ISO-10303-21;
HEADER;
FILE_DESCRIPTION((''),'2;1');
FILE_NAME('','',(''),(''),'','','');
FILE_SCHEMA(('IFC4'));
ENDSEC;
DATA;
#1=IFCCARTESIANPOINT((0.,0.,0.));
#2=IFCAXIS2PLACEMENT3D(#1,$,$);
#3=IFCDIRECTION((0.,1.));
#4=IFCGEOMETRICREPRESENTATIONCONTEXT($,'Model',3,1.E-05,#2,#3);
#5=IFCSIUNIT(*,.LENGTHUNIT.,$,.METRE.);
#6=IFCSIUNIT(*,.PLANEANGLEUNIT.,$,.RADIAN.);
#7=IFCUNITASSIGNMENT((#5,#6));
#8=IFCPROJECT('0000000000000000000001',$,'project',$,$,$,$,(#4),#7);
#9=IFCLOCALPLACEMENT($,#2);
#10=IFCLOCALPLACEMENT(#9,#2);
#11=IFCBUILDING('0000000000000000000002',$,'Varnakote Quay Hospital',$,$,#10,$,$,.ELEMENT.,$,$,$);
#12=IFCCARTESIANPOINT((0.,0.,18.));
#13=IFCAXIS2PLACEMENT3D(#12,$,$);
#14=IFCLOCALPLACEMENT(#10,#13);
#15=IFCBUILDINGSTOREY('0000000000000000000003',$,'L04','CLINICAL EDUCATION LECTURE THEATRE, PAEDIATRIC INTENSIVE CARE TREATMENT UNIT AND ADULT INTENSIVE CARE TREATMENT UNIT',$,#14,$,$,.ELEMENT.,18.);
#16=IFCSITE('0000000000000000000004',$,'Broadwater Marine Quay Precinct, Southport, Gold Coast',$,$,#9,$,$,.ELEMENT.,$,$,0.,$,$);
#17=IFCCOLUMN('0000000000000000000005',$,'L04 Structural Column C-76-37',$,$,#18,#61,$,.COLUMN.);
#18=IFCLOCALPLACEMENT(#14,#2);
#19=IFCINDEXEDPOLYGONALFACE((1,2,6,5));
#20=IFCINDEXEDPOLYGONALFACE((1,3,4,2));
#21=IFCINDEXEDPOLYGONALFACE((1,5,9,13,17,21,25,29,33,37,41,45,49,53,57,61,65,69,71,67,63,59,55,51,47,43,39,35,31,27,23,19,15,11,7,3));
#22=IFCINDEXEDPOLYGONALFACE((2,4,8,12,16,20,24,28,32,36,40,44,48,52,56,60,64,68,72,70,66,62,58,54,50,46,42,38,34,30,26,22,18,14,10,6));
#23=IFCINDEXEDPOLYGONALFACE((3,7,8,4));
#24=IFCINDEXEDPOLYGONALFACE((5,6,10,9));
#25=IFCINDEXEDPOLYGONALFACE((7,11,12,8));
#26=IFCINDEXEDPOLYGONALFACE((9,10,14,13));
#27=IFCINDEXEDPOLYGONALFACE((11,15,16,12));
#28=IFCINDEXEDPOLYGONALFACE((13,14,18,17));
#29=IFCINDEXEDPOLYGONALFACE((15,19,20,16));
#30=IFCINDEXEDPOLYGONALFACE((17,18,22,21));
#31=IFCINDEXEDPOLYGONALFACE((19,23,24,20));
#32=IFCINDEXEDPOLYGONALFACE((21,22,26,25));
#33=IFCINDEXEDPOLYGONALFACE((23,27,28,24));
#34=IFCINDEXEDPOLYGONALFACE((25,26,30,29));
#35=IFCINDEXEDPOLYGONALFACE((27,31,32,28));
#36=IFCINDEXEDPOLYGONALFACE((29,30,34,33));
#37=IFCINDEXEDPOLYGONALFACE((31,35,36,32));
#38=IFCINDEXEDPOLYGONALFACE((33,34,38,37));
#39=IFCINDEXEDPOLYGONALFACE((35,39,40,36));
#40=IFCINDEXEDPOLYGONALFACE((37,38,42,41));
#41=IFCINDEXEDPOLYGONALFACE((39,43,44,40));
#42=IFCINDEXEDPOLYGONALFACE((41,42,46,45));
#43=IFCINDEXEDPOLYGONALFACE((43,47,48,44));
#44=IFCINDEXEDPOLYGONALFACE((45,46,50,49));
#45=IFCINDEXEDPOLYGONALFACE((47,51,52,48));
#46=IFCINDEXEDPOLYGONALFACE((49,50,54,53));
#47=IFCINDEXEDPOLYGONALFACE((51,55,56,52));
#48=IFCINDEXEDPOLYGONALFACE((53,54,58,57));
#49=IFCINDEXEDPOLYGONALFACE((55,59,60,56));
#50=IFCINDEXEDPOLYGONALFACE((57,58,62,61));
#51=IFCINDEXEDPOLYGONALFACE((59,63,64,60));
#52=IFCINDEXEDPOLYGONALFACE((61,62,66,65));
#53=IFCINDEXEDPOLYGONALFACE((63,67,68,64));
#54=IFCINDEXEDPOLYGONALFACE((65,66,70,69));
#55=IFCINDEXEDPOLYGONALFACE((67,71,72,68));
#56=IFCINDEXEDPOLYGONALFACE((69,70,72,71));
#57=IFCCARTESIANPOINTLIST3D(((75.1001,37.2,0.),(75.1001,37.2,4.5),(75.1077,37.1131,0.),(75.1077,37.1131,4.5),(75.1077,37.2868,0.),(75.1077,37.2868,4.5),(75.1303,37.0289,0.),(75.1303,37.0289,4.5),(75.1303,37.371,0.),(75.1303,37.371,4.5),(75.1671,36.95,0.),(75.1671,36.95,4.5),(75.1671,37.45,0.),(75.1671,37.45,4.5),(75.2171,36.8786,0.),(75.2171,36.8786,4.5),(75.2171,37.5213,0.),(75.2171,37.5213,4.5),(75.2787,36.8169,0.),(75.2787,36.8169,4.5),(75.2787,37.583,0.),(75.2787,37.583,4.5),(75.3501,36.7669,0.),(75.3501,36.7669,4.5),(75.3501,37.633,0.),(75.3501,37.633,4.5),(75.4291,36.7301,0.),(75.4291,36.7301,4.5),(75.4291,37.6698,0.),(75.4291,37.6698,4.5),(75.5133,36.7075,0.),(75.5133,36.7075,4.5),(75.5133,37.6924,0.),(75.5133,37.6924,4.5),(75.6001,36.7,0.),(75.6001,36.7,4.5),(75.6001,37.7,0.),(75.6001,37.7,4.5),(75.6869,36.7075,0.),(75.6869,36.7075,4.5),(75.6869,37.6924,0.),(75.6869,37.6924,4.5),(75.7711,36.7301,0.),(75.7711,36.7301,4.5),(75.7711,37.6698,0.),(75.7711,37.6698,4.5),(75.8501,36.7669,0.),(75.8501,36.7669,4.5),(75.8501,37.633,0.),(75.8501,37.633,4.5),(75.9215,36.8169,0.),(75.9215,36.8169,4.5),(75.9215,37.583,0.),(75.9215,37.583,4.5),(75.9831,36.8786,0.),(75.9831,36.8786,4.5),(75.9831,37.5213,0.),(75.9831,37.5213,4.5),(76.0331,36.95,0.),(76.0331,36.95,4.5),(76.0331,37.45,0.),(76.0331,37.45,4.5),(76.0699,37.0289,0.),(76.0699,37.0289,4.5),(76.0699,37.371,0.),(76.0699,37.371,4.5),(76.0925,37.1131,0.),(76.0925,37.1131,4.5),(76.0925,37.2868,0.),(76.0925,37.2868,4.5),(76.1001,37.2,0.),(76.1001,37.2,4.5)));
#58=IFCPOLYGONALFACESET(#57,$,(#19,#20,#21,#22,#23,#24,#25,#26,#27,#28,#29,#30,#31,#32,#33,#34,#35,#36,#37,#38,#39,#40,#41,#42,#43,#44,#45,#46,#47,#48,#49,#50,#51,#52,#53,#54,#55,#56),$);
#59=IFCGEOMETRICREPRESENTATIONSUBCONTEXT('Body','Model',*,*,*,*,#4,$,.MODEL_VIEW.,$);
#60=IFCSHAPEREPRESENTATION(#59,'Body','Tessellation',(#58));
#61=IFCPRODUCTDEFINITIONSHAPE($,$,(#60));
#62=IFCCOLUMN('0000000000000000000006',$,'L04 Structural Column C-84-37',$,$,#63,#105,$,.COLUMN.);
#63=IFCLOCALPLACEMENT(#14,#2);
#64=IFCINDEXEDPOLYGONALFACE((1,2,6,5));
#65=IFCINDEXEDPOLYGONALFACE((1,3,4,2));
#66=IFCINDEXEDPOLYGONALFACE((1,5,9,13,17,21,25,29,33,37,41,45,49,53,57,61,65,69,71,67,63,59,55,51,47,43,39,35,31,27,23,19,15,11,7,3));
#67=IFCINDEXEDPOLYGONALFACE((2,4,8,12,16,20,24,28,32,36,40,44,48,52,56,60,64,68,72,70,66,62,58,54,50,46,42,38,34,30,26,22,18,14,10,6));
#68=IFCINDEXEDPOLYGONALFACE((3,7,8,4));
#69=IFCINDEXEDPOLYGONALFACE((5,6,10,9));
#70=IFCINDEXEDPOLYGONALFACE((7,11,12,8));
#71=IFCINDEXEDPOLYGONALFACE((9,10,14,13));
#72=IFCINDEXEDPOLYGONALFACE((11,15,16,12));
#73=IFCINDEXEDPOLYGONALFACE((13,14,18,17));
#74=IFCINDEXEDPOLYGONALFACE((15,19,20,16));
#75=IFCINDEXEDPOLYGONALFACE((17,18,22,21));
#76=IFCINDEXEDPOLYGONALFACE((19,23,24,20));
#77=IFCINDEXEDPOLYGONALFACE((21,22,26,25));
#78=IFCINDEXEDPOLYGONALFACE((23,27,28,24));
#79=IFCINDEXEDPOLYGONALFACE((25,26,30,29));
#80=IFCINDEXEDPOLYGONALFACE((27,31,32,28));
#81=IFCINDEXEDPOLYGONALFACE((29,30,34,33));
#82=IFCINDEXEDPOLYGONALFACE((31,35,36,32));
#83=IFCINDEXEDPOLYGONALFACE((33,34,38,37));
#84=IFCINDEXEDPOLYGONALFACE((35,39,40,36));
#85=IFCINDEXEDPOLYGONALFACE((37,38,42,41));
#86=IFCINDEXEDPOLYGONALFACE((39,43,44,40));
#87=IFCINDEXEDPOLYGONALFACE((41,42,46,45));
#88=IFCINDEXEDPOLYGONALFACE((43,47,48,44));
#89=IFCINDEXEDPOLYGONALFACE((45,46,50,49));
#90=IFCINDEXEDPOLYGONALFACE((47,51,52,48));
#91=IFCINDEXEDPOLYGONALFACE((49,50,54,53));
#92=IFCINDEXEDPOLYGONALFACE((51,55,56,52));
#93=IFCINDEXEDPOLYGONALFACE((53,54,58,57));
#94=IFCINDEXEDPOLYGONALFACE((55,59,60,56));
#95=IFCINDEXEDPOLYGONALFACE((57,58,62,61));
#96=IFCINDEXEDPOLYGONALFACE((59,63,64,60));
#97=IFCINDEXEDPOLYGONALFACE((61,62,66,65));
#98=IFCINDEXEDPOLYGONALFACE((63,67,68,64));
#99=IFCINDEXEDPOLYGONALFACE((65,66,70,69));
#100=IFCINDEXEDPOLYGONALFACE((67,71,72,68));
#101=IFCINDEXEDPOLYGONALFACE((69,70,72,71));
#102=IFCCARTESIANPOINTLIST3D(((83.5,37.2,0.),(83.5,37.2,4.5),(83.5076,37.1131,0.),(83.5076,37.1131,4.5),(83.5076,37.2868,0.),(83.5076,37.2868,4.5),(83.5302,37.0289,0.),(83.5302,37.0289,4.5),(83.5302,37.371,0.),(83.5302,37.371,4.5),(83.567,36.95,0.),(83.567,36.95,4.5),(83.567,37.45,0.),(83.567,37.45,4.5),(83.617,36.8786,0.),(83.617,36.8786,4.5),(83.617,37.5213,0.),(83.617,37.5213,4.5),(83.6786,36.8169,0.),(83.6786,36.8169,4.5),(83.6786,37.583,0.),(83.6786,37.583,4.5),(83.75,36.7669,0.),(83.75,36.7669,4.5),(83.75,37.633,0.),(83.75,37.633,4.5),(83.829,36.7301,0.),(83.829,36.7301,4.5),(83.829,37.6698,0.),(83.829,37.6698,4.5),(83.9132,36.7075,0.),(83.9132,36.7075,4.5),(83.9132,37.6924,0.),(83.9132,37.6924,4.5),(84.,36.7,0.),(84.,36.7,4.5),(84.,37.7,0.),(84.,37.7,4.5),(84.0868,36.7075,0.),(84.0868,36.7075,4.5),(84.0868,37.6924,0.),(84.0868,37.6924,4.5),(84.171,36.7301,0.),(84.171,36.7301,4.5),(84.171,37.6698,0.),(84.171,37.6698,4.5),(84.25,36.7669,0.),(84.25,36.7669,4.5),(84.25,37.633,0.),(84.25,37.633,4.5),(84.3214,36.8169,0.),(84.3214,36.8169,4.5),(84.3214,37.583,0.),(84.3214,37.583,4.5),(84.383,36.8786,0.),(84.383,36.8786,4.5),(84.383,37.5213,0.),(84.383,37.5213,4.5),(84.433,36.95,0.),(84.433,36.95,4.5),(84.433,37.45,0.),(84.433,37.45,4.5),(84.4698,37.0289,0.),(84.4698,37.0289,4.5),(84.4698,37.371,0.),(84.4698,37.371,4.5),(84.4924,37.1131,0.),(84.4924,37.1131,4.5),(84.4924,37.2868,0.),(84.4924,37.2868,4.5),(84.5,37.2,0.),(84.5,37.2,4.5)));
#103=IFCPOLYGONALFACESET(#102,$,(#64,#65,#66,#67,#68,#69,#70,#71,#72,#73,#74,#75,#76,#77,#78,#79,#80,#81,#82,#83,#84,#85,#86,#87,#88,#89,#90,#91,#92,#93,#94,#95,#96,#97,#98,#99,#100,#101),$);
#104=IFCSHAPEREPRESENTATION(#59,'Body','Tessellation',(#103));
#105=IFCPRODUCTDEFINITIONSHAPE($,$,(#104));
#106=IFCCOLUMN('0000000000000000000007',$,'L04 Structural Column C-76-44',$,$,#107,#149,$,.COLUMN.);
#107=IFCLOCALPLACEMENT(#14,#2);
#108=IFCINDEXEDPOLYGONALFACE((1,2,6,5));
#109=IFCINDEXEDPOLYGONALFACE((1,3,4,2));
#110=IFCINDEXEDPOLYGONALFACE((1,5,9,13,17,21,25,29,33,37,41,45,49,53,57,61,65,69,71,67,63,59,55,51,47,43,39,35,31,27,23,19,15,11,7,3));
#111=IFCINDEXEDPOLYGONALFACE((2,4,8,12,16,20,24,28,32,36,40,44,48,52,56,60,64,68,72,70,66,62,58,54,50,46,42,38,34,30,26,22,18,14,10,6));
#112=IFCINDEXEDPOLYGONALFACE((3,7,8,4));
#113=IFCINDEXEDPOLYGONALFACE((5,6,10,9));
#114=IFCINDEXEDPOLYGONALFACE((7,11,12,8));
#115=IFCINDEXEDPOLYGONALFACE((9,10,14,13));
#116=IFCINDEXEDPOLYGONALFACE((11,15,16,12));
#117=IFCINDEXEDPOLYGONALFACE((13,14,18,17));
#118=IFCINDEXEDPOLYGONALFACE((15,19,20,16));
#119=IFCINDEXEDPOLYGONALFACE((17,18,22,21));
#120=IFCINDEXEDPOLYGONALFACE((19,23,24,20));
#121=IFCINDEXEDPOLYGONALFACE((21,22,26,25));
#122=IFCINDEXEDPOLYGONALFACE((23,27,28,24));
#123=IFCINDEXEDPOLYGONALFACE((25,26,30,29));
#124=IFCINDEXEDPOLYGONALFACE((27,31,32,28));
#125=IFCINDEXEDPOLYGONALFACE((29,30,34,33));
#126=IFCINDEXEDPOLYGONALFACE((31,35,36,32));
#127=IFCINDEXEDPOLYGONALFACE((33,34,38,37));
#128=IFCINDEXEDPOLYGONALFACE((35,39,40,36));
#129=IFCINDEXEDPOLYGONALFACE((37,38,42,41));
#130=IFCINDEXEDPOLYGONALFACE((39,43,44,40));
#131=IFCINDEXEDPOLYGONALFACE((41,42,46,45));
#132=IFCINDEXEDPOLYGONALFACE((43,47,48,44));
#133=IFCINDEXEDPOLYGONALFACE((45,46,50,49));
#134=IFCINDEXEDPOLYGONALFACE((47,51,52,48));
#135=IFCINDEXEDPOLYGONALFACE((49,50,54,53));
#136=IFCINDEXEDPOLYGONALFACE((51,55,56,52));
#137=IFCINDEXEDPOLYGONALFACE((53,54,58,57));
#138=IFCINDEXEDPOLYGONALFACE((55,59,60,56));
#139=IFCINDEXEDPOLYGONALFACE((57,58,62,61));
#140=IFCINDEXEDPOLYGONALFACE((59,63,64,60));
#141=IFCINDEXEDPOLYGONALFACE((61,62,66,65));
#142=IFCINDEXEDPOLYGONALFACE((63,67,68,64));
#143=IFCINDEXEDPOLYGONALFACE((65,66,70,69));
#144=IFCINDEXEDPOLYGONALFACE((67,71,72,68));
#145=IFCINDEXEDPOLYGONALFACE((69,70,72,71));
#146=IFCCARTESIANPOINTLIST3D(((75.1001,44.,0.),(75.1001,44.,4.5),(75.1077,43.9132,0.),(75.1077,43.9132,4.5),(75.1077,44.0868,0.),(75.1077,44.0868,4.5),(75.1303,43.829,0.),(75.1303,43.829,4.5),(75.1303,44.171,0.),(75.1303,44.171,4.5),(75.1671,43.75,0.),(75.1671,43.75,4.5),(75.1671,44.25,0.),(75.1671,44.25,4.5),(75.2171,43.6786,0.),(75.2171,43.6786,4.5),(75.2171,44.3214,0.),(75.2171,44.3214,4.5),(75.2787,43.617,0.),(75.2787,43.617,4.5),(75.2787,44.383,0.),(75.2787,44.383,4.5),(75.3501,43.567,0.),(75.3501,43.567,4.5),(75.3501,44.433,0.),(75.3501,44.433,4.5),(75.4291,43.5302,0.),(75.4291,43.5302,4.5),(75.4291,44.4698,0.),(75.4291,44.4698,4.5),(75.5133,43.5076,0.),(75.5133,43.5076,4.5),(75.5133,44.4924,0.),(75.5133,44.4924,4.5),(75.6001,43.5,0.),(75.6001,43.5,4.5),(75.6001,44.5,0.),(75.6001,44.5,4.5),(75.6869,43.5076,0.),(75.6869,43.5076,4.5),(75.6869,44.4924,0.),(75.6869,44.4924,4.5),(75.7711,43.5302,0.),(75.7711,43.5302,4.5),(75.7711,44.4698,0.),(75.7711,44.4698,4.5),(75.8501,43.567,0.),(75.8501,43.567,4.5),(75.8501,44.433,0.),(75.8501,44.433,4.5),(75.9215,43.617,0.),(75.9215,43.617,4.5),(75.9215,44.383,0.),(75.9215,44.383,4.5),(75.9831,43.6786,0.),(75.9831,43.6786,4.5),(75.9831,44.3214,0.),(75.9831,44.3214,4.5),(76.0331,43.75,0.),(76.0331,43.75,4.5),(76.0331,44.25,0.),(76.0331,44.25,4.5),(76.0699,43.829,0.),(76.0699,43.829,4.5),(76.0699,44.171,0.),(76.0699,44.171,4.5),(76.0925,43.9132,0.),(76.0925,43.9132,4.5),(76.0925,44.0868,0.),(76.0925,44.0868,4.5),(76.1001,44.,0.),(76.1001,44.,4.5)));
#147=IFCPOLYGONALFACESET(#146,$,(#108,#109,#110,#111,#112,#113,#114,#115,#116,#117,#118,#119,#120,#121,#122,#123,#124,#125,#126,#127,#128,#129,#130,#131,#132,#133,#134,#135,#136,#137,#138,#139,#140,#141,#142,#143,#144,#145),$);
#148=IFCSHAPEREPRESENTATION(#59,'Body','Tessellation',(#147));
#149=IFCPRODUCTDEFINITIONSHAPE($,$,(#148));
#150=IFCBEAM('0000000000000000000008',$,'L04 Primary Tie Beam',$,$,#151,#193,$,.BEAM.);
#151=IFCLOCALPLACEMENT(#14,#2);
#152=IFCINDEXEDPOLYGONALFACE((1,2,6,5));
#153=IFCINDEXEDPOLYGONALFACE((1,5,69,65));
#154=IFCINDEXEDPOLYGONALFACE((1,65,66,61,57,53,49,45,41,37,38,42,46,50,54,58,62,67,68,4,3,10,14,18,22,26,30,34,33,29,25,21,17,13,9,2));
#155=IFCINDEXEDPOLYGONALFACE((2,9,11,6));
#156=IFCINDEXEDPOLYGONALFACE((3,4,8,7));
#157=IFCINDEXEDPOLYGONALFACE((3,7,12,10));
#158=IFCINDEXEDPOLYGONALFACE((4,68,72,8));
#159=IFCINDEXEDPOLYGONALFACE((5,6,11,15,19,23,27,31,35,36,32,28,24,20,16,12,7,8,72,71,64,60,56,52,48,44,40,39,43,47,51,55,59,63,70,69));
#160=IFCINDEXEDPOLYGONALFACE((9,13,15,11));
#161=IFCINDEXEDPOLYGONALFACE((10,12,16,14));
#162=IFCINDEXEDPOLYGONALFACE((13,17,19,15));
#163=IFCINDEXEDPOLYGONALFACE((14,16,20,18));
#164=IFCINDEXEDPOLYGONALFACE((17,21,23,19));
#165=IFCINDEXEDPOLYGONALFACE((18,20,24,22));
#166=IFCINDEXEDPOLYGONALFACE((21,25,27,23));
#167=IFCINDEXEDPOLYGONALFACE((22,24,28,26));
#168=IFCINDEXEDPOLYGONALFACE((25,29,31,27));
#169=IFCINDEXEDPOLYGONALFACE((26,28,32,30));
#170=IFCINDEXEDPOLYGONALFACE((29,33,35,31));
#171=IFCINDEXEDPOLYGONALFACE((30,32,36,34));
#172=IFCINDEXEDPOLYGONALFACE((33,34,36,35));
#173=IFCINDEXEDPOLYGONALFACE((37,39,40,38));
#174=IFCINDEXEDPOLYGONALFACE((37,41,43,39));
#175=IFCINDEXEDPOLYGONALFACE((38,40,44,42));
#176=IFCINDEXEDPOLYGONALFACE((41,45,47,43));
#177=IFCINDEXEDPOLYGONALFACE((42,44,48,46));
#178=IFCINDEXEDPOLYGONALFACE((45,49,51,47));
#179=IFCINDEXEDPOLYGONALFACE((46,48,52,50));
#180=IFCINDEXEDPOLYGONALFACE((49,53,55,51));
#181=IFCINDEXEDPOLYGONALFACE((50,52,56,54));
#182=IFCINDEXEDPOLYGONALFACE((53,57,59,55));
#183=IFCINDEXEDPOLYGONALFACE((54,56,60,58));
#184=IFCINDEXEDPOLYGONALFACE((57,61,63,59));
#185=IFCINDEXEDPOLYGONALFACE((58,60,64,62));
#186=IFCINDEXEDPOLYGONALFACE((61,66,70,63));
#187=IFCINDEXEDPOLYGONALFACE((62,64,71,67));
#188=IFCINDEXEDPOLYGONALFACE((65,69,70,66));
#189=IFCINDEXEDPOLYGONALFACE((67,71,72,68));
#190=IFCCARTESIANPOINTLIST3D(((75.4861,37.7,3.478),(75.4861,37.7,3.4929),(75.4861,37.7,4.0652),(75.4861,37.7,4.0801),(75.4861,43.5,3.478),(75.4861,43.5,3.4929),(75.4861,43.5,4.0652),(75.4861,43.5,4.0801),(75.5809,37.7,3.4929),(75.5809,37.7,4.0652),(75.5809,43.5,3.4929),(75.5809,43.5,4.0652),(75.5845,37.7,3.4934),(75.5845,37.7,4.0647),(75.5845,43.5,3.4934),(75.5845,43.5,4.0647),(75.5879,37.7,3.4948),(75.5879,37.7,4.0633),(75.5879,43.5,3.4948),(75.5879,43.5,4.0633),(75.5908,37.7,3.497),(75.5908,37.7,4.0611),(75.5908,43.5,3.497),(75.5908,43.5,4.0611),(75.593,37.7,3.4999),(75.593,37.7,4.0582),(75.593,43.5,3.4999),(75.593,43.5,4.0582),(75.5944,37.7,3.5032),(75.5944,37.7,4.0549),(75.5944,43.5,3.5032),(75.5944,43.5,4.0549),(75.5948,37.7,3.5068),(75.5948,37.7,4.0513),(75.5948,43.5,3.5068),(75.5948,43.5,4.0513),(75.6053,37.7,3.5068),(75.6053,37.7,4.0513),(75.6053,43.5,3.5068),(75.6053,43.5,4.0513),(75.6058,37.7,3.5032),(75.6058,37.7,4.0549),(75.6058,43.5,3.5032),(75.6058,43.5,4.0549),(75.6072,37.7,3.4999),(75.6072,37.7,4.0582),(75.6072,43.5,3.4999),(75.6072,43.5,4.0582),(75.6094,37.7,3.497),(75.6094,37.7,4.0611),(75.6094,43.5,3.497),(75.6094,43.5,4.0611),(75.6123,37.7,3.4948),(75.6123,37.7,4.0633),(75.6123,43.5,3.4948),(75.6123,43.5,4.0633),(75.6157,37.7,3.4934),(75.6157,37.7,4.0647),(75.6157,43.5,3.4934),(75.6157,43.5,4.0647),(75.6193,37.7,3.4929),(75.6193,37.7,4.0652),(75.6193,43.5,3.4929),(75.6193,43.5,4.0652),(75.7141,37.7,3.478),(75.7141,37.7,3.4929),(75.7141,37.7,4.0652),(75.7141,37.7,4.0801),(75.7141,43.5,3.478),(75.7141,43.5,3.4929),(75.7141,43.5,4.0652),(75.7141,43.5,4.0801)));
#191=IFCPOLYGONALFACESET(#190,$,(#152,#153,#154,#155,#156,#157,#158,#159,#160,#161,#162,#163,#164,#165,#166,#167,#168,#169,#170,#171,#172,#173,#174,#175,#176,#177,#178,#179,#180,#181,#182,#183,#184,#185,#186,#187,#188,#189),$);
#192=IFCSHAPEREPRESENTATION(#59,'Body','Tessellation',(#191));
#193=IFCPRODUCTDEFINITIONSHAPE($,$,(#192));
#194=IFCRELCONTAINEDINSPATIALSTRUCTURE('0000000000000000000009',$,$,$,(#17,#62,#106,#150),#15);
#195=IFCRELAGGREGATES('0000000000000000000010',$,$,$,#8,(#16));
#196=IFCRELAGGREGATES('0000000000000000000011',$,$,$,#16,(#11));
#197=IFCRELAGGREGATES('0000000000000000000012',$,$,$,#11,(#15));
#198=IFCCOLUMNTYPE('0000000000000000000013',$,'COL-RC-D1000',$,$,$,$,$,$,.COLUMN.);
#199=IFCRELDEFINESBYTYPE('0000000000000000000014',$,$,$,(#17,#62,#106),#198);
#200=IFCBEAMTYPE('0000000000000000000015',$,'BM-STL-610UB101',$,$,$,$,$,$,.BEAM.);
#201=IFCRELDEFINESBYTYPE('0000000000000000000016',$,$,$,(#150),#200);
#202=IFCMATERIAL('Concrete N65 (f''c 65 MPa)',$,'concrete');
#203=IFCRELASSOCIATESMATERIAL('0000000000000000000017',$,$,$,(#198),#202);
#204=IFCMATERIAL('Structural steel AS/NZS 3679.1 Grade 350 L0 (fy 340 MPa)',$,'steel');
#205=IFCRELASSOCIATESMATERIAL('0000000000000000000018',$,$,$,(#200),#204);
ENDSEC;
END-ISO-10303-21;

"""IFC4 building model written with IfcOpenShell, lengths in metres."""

from ifc_helpers import new_model, si_unit, direction, frame, origin, origin_2d, place, context, subcontext, project, spatial, circle, i_section, extrude, material, material_profile, profile_set, type_object, element, save


model = new_model("IFC4")

# Units and contexts
model_context = context("Model", 3, precision=1e-05, world=origin(), true_north=direction((0.0, 1.0)))
body_context = subcontext(model_context, "Body", "Model", "MODEL_VIEW")
ifc_project = project(units=[si_unit("LENGTHUNIT", "METRE"), si_unit("PLANEANGLEUNIT", "RADIAN")], contexts=[model_context])

# Site, building, storey
site_placement = place(None, origin())
site = spatial("IfcSite", under=ifc_project, at=site_placement, Name="Broadwater Marine Quay Precinct, Southport, Gold Coast", CompositionType="ELEMENT", RefElevation=0.0)
building_placement = place(site_placement, origin())
building = spatial("IfcBuilding", under=site, at=building_placement, Name="Varnakote Quay Hospital", CompositionType="ELEMENT")
storey_placement = place(building_placement, frame((0.0, 0.0, 18.0)))
storey = spatial("IfcBuildingStorey", under=building, at=storey_placement, Name="L04", Description="CLINICAL EDUCATION LECTURE THEATRE, PAEDIATRIC INTENSIVE CARE TREATMENT UNIT AND ADULT INTENSIVE CARE TREATMENT UNIT", CompositionType="ELEMENT", Elevation=18.0)

# Columns
ifc_material_1 = material(Name="Concrete N65 (f'c 65 MPa)", Category="concrete")
ifc_material_profile_1 = material_profile(ifc_material_1, circle(Radius=0.5, at=origin_2d()), Name="RC-COL-D1000")
ifc_profile_set_1 = profile_set([ifc_material_profile_1], Name="Concrete N65 (f'c 65 MPa)")
column_type = type_object("IfcColumnType", Name="COL-RC-D1000", PredefinedType="COLUMN", material=ifc_profile_set_1)
for number, where, z_axis, x_axis, name in (
    (1, (75.6001, 37.2, 0.0), (0.0, 0.0, 1.0), (1.0, 0.0, 0.0), "L04 Structural Column C-76-37"),
    (2, (84.0, 37.2, 0.0), (0.0, 0.0, 1.0), (1.0, 0.0, 0.0), "L04 Structural Column C-84-37"),
    (3, (75.6001, 44.0, 0.0), (0.0, 0.0, 1.0), (1.0, 0.0, 0.0), "L04 Structural Column C-76-44"),
):
    element("IfcColumn", number, at=place(storey_placement, frame(where, z_axis=z_axis, x_axis=x_axis)), inside=storey, type_object=column_type, Name=name, PredefinedType="COLUMN", context=body_context, shape_type="SweptSolid", body=[
        extrude(circle(Radius=0.5, at=origin_2d()), origin(), (0.0, 0.0, 1.0), 4.5),
    ])

# Beam
ifc_material_2 = material(Name="Structural steel AS/NZS 3679.1 Grade 350 L0 (fy 340 MPa)", Category="steel")
ifc_material_profile_2 = material_profile(ifc_material_2, i_section(OverallWidth=0.228, OverallDepth=0.6021, WebThickness=0.0105, FlangeThickness=0.0149, FilletRadius=0.0139, at=origin_2d()), Name="610UB101")
ifc_profile_set_2 = profile_set([ifc_material_profile_2], Name="Structural steel AS/NZS 3679.1 Grade 350 L0 (fy 340 MPa)")
beam_type_1 = type_object("IfcBeamType", Name="BM-STL-610UB101", PredefinedType="BEAM", material=ifc_profile_set_2)
for number, where, z_axis, x_axis, name in (
    (4, (75.6001, 37.7, 3.7791), (0.0, 1.0, 0.0), (-1.0, 0.0, 0.0), "L04 Primary Tie Beam"),
):
    element("IfcBeam", number, at=place(storey_placement, frame(where, z_axis=z_axis, x_axis=x_axis)), inside=storey, type_object=beam_type_1, Name=name, PredefinedType="BEAM", context=body_context, shape_type="SweptSolid", body=[
        extrude(i_section(OverallWidth=0.228, OverallDepth=0.6021, WebThickness=0.0105, FlangeThickness=0.0149, FilletRadius=0.0139, at=origin_2d()), origin(), (0.0, 0.0, 1.0), 5.8),
    ])

save(model, "model.ifc")
